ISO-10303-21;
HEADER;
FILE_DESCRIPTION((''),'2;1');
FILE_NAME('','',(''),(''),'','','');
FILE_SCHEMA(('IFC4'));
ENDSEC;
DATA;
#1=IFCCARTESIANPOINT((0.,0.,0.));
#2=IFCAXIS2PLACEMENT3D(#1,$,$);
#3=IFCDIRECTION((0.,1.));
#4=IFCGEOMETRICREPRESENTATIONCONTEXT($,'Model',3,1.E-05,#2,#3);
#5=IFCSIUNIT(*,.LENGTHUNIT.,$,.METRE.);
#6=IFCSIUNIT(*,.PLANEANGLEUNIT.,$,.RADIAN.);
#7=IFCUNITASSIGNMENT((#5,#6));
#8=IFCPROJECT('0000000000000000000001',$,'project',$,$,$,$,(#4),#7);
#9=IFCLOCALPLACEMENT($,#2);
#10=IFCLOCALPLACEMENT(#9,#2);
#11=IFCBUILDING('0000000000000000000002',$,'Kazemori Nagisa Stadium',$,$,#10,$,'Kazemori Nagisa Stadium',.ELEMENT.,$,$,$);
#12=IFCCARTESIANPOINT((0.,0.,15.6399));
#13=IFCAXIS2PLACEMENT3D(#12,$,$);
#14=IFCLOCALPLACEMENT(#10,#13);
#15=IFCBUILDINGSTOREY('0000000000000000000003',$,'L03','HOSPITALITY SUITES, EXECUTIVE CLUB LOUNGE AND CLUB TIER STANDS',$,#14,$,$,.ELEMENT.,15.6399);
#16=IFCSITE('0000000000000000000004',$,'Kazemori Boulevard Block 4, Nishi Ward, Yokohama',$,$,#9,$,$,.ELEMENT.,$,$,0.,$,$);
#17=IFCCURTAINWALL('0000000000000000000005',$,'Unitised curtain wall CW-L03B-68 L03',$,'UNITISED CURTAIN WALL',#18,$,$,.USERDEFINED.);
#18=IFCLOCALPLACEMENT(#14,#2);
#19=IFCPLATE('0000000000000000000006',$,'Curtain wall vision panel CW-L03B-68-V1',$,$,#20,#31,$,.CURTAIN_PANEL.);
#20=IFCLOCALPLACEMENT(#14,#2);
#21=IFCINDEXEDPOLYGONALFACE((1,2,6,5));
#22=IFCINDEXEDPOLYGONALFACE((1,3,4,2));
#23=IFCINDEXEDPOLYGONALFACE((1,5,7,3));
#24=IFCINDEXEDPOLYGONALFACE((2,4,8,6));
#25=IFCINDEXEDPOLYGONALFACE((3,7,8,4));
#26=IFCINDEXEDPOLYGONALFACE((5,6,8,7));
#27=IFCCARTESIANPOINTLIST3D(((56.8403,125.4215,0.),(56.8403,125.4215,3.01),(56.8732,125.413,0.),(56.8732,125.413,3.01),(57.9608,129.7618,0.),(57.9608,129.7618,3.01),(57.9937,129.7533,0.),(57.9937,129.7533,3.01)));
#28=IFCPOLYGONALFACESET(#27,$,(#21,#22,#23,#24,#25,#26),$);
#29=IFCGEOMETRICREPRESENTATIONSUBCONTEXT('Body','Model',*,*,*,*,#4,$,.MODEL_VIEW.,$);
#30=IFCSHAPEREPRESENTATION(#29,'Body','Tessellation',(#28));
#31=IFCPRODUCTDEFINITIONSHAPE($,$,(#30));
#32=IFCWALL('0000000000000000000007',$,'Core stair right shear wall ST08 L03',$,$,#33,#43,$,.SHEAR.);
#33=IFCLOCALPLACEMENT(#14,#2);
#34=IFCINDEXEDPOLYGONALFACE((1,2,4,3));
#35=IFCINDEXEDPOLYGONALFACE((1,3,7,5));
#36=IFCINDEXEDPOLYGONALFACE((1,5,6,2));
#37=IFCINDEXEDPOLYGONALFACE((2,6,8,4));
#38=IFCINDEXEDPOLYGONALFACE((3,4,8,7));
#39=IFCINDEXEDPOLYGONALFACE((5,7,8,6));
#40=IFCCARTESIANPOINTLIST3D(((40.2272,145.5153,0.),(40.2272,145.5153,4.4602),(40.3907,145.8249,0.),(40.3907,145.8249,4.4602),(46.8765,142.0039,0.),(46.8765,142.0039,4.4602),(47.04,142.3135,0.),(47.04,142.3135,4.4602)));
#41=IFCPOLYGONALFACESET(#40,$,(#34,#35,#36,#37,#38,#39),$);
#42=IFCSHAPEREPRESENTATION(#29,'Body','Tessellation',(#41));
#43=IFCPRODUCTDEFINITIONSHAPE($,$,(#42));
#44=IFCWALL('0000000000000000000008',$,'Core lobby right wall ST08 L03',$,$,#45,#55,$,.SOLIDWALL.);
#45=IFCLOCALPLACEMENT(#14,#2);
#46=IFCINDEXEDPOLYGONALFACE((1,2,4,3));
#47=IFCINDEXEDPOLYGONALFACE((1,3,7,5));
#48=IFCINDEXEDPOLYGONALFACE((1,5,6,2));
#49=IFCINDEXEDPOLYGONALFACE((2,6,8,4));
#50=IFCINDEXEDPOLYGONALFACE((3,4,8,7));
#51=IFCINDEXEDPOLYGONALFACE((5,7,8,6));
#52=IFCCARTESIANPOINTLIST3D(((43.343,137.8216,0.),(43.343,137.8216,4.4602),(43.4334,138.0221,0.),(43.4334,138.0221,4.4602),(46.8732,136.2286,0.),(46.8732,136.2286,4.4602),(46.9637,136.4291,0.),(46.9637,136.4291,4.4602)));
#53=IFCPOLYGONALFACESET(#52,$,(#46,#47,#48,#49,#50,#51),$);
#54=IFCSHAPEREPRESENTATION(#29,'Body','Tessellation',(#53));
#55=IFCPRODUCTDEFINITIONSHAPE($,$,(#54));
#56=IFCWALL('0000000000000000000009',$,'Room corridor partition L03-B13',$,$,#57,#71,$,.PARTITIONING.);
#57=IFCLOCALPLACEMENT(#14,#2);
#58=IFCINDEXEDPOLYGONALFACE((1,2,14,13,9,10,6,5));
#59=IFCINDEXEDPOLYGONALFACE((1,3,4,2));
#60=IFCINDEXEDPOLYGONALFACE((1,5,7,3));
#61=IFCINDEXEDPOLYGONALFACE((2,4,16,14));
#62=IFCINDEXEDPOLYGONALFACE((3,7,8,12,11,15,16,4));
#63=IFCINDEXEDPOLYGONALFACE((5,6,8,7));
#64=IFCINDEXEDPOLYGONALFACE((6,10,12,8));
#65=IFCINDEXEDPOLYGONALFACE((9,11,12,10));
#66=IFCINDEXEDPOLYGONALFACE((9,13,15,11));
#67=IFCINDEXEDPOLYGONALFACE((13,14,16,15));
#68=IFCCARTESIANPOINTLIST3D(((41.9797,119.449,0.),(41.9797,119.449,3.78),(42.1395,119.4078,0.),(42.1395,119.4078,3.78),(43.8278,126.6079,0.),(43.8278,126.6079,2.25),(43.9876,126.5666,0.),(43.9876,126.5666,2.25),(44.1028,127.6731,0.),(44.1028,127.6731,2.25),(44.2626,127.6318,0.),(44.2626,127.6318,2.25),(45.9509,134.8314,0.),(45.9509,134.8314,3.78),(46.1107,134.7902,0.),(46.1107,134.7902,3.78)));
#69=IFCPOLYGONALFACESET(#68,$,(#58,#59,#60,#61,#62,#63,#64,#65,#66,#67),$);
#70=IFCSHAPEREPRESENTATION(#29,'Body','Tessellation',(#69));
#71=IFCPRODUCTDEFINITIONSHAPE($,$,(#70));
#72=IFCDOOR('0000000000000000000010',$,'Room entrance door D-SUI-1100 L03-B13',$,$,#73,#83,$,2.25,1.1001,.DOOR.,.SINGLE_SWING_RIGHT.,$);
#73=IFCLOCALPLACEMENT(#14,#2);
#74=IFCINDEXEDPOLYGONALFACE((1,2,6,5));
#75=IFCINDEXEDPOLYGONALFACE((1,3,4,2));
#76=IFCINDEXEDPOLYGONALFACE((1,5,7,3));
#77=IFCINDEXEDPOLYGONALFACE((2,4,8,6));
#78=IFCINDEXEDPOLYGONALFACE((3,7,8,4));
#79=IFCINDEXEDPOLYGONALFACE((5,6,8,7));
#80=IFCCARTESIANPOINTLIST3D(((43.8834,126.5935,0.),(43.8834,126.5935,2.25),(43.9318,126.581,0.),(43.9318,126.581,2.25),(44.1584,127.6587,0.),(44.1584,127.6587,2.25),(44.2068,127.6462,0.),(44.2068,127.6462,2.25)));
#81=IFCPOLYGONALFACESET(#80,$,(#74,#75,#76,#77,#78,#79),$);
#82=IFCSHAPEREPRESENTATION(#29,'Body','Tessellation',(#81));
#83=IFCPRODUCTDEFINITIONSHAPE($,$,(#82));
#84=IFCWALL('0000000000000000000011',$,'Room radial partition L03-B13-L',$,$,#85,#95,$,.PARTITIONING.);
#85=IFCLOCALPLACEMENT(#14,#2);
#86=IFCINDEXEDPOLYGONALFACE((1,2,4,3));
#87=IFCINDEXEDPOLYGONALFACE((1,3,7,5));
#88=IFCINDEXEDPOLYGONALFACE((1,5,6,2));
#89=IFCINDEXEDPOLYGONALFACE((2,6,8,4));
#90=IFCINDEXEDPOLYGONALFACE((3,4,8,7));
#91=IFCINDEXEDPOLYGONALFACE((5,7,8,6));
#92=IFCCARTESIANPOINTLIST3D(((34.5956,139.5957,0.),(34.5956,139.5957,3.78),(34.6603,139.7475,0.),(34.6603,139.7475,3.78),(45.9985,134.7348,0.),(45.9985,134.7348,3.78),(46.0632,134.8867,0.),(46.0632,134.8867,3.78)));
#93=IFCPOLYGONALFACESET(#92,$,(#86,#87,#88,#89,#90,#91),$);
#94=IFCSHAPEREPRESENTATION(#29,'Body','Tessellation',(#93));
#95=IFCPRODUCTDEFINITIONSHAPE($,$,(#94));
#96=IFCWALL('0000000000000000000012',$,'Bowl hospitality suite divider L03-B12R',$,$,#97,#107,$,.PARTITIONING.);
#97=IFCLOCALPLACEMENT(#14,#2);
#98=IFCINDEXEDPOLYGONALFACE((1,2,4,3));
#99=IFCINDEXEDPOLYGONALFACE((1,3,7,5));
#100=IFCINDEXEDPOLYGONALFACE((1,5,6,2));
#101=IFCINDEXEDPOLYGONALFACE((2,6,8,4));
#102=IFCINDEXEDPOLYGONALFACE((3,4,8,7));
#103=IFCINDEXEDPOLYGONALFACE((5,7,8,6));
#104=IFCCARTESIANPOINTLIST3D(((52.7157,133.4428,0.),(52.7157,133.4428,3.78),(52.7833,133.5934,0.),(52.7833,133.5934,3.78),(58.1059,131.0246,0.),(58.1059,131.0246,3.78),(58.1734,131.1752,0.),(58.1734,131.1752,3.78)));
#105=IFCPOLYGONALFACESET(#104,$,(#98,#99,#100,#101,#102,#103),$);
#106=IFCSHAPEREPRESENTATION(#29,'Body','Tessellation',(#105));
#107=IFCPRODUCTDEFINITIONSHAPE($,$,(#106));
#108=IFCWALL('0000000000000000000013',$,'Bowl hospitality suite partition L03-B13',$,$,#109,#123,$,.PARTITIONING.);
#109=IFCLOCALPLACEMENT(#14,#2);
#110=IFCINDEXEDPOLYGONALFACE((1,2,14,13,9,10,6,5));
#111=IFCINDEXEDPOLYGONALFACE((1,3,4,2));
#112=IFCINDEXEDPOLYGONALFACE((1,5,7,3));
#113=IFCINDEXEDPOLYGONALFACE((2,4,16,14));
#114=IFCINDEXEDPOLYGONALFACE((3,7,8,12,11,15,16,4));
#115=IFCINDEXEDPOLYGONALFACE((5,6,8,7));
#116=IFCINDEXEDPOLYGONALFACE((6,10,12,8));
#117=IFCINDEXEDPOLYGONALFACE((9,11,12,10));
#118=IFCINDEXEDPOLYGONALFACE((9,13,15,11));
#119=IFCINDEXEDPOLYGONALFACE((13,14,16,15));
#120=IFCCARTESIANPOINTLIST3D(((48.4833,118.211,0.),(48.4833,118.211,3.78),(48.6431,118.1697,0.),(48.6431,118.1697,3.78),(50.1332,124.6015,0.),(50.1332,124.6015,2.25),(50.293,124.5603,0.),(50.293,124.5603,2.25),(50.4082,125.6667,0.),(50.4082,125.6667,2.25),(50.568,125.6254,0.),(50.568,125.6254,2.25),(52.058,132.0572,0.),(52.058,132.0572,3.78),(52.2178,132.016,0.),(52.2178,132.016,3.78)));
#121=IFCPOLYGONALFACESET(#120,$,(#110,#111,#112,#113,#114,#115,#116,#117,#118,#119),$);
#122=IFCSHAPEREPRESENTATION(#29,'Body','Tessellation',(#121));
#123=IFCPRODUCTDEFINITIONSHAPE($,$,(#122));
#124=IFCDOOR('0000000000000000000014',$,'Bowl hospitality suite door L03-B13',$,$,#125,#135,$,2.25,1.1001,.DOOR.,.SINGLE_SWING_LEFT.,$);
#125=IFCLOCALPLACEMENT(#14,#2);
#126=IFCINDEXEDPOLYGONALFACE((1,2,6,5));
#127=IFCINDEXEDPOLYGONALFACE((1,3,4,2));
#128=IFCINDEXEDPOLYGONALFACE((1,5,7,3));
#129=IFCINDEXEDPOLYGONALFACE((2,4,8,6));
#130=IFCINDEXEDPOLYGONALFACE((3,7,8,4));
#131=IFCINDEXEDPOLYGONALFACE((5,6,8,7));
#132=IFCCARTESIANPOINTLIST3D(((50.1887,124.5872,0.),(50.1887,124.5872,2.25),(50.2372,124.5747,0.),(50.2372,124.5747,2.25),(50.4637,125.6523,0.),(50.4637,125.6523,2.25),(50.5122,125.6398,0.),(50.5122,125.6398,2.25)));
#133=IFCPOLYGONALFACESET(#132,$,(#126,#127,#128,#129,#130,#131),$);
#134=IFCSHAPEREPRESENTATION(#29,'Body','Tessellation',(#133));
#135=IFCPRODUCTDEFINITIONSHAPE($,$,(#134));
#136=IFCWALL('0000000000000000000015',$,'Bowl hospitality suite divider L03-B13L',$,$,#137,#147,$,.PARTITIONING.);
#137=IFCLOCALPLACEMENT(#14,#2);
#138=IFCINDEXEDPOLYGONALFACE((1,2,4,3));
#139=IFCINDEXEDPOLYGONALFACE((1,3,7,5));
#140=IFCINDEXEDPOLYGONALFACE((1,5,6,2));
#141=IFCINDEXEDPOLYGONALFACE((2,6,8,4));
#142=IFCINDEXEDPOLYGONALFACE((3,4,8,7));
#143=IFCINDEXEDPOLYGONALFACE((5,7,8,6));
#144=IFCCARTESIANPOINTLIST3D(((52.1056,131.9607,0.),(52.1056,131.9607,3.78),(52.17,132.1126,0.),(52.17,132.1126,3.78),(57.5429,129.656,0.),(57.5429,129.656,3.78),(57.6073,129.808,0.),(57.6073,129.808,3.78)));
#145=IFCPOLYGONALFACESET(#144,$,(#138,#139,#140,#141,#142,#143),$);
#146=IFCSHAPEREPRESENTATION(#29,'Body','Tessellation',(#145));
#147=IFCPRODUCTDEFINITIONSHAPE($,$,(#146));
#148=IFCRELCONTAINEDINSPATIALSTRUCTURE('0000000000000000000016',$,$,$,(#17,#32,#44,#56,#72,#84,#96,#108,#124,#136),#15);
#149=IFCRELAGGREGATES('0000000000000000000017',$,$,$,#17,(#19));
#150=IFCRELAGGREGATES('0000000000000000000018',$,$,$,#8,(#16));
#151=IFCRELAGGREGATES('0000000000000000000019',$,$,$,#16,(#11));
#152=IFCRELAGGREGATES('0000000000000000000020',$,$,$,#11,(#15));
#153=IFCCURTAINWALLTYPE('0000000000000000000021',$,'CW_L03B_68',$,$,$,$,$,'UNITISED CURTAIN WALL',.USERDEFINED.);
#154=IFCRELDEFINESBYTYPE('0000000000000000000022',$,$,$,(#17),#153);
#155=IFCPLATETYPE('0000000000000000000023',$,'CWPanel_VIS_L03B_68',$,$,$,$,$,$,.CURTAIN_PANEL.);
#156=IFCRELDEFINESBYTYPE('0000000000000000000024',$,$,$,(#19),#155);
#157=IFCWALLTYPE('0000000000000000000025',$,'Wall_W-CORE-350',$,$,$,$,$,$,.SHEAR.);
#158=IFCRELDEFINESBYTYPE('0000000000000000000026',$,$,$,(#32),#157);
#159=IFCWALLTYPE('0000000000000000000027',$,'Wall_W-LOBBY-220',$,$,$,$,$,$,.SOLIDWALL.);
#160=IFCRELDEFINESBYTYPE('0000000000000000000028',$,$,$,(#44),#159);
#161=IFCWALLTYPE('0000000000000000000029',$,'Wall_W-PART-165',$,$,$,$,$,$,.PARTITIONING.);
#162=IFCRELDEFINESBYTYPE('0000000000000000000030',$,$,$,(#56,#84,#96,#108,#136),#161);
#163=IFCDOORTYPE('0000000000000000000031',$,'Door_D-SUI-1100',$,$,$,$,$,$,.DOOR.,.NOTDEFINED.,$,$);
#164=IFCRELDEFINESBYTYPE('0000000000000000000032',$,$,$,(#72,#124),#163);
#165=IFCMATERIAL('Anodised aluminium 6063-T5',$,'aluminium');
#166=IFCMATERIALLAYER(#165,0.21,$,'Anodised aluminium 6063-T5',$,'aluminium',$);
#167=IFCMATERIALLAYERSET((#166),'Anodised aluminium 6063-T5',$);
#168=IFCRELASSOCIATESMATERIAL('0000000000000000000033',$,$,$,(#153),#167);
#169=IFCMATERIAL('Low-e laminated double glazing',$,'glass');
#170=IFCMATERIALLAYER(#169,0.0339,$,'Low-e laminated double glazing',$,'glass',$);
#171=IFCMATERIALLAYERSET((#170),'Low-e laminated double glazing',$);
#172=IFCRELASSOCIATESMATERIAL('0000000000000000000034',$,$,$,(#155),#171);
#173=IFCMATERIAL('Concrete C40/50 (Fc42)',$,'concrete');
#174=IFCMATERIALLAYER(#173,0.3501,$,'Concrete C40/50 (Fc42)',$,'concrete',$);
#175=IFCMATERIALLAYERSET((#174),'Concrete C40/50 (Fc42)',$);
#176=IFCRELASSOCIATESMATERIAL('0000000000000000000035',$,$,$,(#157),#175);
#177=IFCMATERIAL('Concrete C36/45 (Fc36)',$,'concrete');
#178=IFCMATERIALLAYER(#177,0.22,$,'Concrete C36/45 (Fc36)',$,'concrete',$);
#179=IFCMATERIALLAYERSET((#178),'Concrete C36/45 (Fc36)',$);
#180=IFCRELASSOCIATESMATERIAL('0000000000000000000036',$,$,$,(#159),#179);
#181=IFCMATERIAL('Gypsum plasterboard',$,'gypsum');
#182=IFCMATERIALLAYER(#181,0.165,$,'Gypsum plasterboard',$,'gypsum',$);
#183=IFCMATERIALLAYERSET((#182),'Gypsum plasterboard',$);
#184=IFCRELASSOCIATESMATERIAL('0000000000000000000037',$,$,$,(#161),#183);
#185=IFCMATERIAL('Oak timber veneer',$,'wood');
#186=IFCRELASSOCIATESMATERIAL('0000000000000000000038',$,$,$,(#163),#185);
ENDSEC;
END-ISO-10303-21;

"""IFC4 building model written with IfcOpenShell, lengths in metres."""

from ifc_helpers import new_model, si_unit, direction, frame, frame_2d, origin, origin_2d, place, context, subcontext, project, spatial, rectangle, extrude, material, layer, layer_set, type_object, element, fill, aggregate, save


model = new_model("IFC4")

# Units and contexts
model_context = context("Model", 3, precision=1e-05, world=origin(), true_north=direction((0.0, 1.0)))
body_context = subcontext(model_context, "Body", "Model", "MODEL_VIEW")
ifc_project = project(units=[si_unit("LENGTHUNIT", "METRE"), si_unit("PLANEANGLEUNIT", "RADIAN")], contexts=[model_context])

# Site, building, storey
site_placement = place(None, origin())
site = spatial("IfcSite", under=ifc_project, at=site_placement, Name="Kazemori Boulevard Block 4, Nishi Ward, Yokohama", CompositionType="ELEMENT", RefElevation=0.0)
building_placement = place(site_placement, origin())
building = spatial("IfcBuilding", under=site, at=building_placement, Name="Kazemori Nagisa Stadium", LongName="Kazemori Nagisa Stadium", CompositionType="ELEMENT")
storey_placement = place(building_placement, frame((0.0, 0.0, 15.6399)))
storey = spatial("IfcBuildingStorey", under=building, at=storey_placement, Name="L03", Description="HOSPITALITY SUITES, EXECUTIVE CLUB LOUNGE AND CLUB TIER STANDS", CompositionType="ELEMENT", Elevation=15.6399)

# Shared definitions
ifc_material_1 = material(Name="Concrete C40/50 (Fc42)", Category="concrete")

# Curtain wall, plate
ifc_material_2 = material(Name="Anodised aluminium 6063-T5", Category="aluminium")
ifc_layer_1 = layer(ifc_material_2, 0.21, Name="Anodised aluminium 6063-T5", Category="aluminium")
ifc_layer_set_1 = layer_set([ifc_layer_1], Name="Anodised aluminium 6063-T5")
curtain_wall_type = type_object("IfcCurtainWallType", Name="CW_L03B_68", ElementType="UNITISED CURTAIN WALL", PredefinedType="USERDEFINED", material=ifc_layer_set_1)
curtain_wall_placement = place(storey_placement, origin())
curtain_wall = element("IfcCurtainWall", 1, at=curtain_wall_placement, inside=storey, type_object=curtain_wall_type, Name="Unitised curtain wall CW-L03B-68 L03", ObjectType="UNITISED CURTAIN WALL", PredefinedType="USERDEFINED")
ifc_material_3 = material(Name="Low-e laminated double glazing", Category="glass")
ifc_layer_2 = layer(ifc_material_3, 0.0339, Name="Low-e laminated double glazing", Category="glass")
ifc_layer_set_2 = layer_set([ifc_layer_2], Name="Low-e laminated double glazing")
plate_type_1 = type_object("IfcPlateType", Name="CWPanel_VIS_L03B_68", PredefinedType="CURTAIN_PANEL", material=ifc_layer_set_2)
plate_1_placement = place(storey_placement, frame((57.417, 127.5874, 0.0), z_axis=(0.0, 0.0, 1.0), x_axis=(-0.249965, -0.968255, 0.0)))
plate_1 = element("IfcPlate", 2, at=plate_1_placement, type_object=plate_type_1, Name="Curtain wall vision panel CW-L03B-68-V1", PredefinedType="CURTAIN_PANEL", context=body_context, shape_type="SweptSolid", body=[
    extrude(rectangle(XDim=4.4827, YDim=0.0339, at=origin_2d()), origin(), (0.0, 0.0, 1.0), 3.01),
])
aggregate(curtain_wall, [plate_1])

# Walls
ifc_layer_3 = layer(ifc_material_1, 0.3501, Name="Concrete C40/50 (Fc42)", Category="concrete")
ifc_layer_set_3 = layer_set([ifc_layer_3], Name="Concrete C40/50 (Fc42)")
wall_type_1 = type_object("IfcWallType", Name="Wall_W-CORE-350", PredefinedType="SHEAR", material=ifc_layer_set_3)
wall_1_placement = place(storey_placement, frame((46.9583, 142.1587, 0.0), z_axis=(0.0, 0.0, 1.0), x_axis=(-0.884272, 0.466973, 0.0)))
element("IfcWall", 3, at=wall_1_placement, inside=storey, type_object=wall_type_1, Name="Core stair right shear wall ST08 L03", PredefinedType="SHEAR", context=body_context, shape_type="SweptSolid", body=[
    extrude(rectangle(XDim=7.5195, YDim=0.3501, at=frame_2d((3.7598, 0.0))), origin(), (0.0, 0.0, 1.0), 4.4602),
])
ifc_material_4 = material(Name="Concrete C36/45 (Fc36)", Category="concrete")
ifc_layer_4 = layer(ifc_material_4, 0.22, Name="Concrete C36/45 (Fc36)", Category="concrete")
ifc_layer_set_4 = layer_set([ifc_layer_4], Name="Concrete C36/45 (Fc36)")
wall_type_2 = type_object("IfcWallType", Name="Wall_W-LOBBY-220", PredefinedType="SOLIDWALL", material=ifc_layer_set_4)
wall_2_placement = place(storey_placement, frame((46.9185, 136.3289, 0.0), z_axis=(0.0, 0.0, 1.0), x_axis=(-0.911496, 0.411308, 0.0)))
element("IfcWall", 4, at=wall_2_placement, inside=storey, type_object=wall_type_2, Name="Core lobby right wall ST08 L03", PredefinedType="SOLIDWALL", context=body_context, shape_type="SweptSolid", body=[
    extrude(rectangle(XDim=3.873, YDim=0.22, at=frame_2d((1.9365, 0.0))), origin(), (0.0, 0.0, 1.0), 4.4602),
])

# Wall, opening, door
ifc_material_5 = material(Name="Gypsum plasterboard", Category="gypsum")
ifc_layer_5 = layer(ifc_material_5, 0.165, Name="Gypsum plasterboard", Category="gypsum")
ifc_layer_set_5 = layer_set([ifc_layer_5], Name="Gypsum plasterboard")
wall_type_3 = type_object("IfcWallType", Name="Wall_W-PART-165", PredefinedType="PARTITIONING", material=ifc_layer_set_5)
wall_3_placement = place(storey_placement, frame((46.0308, 134.8108, 0.0), z_axis=(0.0, 0.0, 1.0), x_axis=(-0.24997, -0.968254, 0.0)))
wall_3 = element("IfcWall", 5, at=wall_3_placement, inside=storey, type_object=wall_type_3, Name="Room corridor partition L03-B13", PredefinedType="PARTITIONING", context=body_context, shape_type="SweptSolid", body=[
    extrude(rectangle(XDim=15.8867, YDim=0.165, at=frame_2d((7.9434, 0.0))), origin(), (0.0, 0.0, 1.0), 3.78),
])
opening_1_placement = place(wall_3_placement, frame((7.3931, 0.0, 0.0)))
opening_1 = element("IfcOpeningElement", 6, at=opening_1_placement, cuts=wall_3, PredefinedType="OPENING", context=body_context, shape_type="SweptSolid", body=[
    extrude(rectangle(XDim=1.1001, YDim=2.25, at=frame_2d((0.55, 1.125))), frame((0.0, 0.0925, 0.0), z_axis=(0.0, -1.0, 0.0), x_axis=(1.0, 0.0, 0.0)), (0.0, 0.0, 1.0), 0.1851),
])
ifc_material_6 = material(Name="Oak timber veneer", Category="wood")
door_type = type_object("IfcDoorType", Name="Door_D-SUI-1100", OperationType="NOTDEFINED", PredefinedType="DOOR", material=ifc_material_6)
door_1_placement = place(opening_1_placement, origin())
door_1 = element("IfcDoor", 7, at=door_1_placement, inside=storey, type_object=door_type, Name="Room entrance door D-SUI-1100 L03-B13", OperationType="SINGLE_SWING_RIGHT", OverallHeight=2.25, OverallWidth=1.1001, PredefinedType="DOOR", context=body_context, shape_type="SweptSolid", body=[
    extrude(rectangle(XDim=1.1001, YDim=2.25, at=frame_2d((0.55, 1.125))), frame((0.0, 0.0249, 0.0), z_axis=(0.0, -1.0, 0.0), x_axis=(1.0, 0.0, 0.0)), (0.0, 0.0, 1.0), 0.05),
])
fill(opening_1, door_1)

# Walls
wall_4_placement = place(storey_placement, frame((46.0308, 134.8108, 0.0), z_axis=(0.0, 0.0, 1.0), x_axis=(-0.919905, 0.392141, 0.0)))
element("IfcWall", 8, at=wall_4_placement, inside=storey, type_object=wall_type_3, Name="Room radial partition L03-B13-L", PredefinedType="PARTITIONING", context=body_context, shape_type="SweptSolid", body=[
    extrude(rectangle(XDim=12.3958, YDim=0.165, at=frame_2d((6.1978, 0.0))), origin(), (0.0, 0.0, 1.0), 3.78),
])
wall_5_placement = place(storey_placement, frame((52.7495, 133.5181, 0.0), z_axis=(0.0, 0.0, 1.0), x_axis=(0.912386, -0.40933, 0.0)))
element("IfcWall", 9, at=wall_5_placement, inside=storey, type_object=wall_type_3, Name="Bowl hospitality suite divider L03-B12R", PredefinedType="PARTITIONING", context=body_context, shape_type="SweptSolid", body=[
    extrude(rectangle(XDim=5.9077, YDim=0.165, at=frame_2d((2.9539, 0.0))), origin(), (0.0, 0.0, 1.0), 3.78),
])

# Wall, opening, door
wall_6_placement = place(storey_placement, frame((52.1379, 132.0366, 0.0), z_axis=(0.0, 0.0, 1.0), x_axis=(-0.249976, -0.968252, 0.0)))
wall_6 = element("IfcWall", 10, at=wall_6_placement, inside=storey, type_object=wall_type_3, Name="Bowl hospitality suite partition L03-B13", PredefinedType="PARTITIONING", context=body_context, shape_type="SweptSolid", body=[
    extrude(rectangle(XDim=14.3003, YDim=0.165, at=frame_2d((7.1501, 0.0))), origin(), (0.0, 0.0, 1.0), 3.78),
])
opening_2_placement = place(wall_6_placement, frame((6.6001, 0.0, 0.0)))
opening_2 = element("IfcOpeningElement", 11, at=opening_2_placement, cuts=wall_6, PredefinedType="OPENING", context=body_context, shape_type="SweptSolid", body=[
    extrude(rectangle(XDim=1.1001, YDim=2.25, at=frame_2d((0.55, 1.125))), frame((0.0, 0.0925, 0.0), z_axis=(0.0, -1.0, 0.0), x_axis=(1.0, 0.0, 0.0)), (0.0, 0.0, 1.0), 0.1851),
])
door_2_placement = place(opening_2_placement, origin())
door_2 = element("IfcDoor", 12, at=door_2_placement, inside=storey, type_object=door_type, Name="Bowl hospitality suite door L03-B13", OperationType="SINGLE_SWING_LEFT", OverallHeight=2.25, OverallWidth=1.1001, PredefinedType="DOOR", context=body_context, shape_type="SweptSolid", body=[
    extrude(rectangle(XDim=1.1001, YDim=2.25, at=frame_2d((0.55, 1.125))), frame((0.0, 0.0249, 0.0), z_axis=(0.0, -1.0, 0.0), x_axis=(1.0, 0.0, 0.0)), (0.0, 0.0, 1.0), 0.05),
])
fill(opening_2, door_2)

# Wall
wall_7_placement = place(storey_placement, frame((52.1379, 132.0366, 0.0), z_axis=(0.0, 0.0, 1.0), x_axis=(0.920705, -0.390259, 0.0)))
element("IfcWall", 13, at=wall_7_placement, inside=storey, type_object=wall_type_3, Name="Bowl hospitality suite divider L03-B13L", PredefinedType="PARTITIONING", context=body_context, shape_type="SweptSolid", body=[
    extrude(rectangle(XDim=5.9055, YDim=0.165, at=frame_2d((2.9526, 0.0))), origin(), (0.0, 0.0, 1.0), 3.78),
])

save(model, "model.ifc")
